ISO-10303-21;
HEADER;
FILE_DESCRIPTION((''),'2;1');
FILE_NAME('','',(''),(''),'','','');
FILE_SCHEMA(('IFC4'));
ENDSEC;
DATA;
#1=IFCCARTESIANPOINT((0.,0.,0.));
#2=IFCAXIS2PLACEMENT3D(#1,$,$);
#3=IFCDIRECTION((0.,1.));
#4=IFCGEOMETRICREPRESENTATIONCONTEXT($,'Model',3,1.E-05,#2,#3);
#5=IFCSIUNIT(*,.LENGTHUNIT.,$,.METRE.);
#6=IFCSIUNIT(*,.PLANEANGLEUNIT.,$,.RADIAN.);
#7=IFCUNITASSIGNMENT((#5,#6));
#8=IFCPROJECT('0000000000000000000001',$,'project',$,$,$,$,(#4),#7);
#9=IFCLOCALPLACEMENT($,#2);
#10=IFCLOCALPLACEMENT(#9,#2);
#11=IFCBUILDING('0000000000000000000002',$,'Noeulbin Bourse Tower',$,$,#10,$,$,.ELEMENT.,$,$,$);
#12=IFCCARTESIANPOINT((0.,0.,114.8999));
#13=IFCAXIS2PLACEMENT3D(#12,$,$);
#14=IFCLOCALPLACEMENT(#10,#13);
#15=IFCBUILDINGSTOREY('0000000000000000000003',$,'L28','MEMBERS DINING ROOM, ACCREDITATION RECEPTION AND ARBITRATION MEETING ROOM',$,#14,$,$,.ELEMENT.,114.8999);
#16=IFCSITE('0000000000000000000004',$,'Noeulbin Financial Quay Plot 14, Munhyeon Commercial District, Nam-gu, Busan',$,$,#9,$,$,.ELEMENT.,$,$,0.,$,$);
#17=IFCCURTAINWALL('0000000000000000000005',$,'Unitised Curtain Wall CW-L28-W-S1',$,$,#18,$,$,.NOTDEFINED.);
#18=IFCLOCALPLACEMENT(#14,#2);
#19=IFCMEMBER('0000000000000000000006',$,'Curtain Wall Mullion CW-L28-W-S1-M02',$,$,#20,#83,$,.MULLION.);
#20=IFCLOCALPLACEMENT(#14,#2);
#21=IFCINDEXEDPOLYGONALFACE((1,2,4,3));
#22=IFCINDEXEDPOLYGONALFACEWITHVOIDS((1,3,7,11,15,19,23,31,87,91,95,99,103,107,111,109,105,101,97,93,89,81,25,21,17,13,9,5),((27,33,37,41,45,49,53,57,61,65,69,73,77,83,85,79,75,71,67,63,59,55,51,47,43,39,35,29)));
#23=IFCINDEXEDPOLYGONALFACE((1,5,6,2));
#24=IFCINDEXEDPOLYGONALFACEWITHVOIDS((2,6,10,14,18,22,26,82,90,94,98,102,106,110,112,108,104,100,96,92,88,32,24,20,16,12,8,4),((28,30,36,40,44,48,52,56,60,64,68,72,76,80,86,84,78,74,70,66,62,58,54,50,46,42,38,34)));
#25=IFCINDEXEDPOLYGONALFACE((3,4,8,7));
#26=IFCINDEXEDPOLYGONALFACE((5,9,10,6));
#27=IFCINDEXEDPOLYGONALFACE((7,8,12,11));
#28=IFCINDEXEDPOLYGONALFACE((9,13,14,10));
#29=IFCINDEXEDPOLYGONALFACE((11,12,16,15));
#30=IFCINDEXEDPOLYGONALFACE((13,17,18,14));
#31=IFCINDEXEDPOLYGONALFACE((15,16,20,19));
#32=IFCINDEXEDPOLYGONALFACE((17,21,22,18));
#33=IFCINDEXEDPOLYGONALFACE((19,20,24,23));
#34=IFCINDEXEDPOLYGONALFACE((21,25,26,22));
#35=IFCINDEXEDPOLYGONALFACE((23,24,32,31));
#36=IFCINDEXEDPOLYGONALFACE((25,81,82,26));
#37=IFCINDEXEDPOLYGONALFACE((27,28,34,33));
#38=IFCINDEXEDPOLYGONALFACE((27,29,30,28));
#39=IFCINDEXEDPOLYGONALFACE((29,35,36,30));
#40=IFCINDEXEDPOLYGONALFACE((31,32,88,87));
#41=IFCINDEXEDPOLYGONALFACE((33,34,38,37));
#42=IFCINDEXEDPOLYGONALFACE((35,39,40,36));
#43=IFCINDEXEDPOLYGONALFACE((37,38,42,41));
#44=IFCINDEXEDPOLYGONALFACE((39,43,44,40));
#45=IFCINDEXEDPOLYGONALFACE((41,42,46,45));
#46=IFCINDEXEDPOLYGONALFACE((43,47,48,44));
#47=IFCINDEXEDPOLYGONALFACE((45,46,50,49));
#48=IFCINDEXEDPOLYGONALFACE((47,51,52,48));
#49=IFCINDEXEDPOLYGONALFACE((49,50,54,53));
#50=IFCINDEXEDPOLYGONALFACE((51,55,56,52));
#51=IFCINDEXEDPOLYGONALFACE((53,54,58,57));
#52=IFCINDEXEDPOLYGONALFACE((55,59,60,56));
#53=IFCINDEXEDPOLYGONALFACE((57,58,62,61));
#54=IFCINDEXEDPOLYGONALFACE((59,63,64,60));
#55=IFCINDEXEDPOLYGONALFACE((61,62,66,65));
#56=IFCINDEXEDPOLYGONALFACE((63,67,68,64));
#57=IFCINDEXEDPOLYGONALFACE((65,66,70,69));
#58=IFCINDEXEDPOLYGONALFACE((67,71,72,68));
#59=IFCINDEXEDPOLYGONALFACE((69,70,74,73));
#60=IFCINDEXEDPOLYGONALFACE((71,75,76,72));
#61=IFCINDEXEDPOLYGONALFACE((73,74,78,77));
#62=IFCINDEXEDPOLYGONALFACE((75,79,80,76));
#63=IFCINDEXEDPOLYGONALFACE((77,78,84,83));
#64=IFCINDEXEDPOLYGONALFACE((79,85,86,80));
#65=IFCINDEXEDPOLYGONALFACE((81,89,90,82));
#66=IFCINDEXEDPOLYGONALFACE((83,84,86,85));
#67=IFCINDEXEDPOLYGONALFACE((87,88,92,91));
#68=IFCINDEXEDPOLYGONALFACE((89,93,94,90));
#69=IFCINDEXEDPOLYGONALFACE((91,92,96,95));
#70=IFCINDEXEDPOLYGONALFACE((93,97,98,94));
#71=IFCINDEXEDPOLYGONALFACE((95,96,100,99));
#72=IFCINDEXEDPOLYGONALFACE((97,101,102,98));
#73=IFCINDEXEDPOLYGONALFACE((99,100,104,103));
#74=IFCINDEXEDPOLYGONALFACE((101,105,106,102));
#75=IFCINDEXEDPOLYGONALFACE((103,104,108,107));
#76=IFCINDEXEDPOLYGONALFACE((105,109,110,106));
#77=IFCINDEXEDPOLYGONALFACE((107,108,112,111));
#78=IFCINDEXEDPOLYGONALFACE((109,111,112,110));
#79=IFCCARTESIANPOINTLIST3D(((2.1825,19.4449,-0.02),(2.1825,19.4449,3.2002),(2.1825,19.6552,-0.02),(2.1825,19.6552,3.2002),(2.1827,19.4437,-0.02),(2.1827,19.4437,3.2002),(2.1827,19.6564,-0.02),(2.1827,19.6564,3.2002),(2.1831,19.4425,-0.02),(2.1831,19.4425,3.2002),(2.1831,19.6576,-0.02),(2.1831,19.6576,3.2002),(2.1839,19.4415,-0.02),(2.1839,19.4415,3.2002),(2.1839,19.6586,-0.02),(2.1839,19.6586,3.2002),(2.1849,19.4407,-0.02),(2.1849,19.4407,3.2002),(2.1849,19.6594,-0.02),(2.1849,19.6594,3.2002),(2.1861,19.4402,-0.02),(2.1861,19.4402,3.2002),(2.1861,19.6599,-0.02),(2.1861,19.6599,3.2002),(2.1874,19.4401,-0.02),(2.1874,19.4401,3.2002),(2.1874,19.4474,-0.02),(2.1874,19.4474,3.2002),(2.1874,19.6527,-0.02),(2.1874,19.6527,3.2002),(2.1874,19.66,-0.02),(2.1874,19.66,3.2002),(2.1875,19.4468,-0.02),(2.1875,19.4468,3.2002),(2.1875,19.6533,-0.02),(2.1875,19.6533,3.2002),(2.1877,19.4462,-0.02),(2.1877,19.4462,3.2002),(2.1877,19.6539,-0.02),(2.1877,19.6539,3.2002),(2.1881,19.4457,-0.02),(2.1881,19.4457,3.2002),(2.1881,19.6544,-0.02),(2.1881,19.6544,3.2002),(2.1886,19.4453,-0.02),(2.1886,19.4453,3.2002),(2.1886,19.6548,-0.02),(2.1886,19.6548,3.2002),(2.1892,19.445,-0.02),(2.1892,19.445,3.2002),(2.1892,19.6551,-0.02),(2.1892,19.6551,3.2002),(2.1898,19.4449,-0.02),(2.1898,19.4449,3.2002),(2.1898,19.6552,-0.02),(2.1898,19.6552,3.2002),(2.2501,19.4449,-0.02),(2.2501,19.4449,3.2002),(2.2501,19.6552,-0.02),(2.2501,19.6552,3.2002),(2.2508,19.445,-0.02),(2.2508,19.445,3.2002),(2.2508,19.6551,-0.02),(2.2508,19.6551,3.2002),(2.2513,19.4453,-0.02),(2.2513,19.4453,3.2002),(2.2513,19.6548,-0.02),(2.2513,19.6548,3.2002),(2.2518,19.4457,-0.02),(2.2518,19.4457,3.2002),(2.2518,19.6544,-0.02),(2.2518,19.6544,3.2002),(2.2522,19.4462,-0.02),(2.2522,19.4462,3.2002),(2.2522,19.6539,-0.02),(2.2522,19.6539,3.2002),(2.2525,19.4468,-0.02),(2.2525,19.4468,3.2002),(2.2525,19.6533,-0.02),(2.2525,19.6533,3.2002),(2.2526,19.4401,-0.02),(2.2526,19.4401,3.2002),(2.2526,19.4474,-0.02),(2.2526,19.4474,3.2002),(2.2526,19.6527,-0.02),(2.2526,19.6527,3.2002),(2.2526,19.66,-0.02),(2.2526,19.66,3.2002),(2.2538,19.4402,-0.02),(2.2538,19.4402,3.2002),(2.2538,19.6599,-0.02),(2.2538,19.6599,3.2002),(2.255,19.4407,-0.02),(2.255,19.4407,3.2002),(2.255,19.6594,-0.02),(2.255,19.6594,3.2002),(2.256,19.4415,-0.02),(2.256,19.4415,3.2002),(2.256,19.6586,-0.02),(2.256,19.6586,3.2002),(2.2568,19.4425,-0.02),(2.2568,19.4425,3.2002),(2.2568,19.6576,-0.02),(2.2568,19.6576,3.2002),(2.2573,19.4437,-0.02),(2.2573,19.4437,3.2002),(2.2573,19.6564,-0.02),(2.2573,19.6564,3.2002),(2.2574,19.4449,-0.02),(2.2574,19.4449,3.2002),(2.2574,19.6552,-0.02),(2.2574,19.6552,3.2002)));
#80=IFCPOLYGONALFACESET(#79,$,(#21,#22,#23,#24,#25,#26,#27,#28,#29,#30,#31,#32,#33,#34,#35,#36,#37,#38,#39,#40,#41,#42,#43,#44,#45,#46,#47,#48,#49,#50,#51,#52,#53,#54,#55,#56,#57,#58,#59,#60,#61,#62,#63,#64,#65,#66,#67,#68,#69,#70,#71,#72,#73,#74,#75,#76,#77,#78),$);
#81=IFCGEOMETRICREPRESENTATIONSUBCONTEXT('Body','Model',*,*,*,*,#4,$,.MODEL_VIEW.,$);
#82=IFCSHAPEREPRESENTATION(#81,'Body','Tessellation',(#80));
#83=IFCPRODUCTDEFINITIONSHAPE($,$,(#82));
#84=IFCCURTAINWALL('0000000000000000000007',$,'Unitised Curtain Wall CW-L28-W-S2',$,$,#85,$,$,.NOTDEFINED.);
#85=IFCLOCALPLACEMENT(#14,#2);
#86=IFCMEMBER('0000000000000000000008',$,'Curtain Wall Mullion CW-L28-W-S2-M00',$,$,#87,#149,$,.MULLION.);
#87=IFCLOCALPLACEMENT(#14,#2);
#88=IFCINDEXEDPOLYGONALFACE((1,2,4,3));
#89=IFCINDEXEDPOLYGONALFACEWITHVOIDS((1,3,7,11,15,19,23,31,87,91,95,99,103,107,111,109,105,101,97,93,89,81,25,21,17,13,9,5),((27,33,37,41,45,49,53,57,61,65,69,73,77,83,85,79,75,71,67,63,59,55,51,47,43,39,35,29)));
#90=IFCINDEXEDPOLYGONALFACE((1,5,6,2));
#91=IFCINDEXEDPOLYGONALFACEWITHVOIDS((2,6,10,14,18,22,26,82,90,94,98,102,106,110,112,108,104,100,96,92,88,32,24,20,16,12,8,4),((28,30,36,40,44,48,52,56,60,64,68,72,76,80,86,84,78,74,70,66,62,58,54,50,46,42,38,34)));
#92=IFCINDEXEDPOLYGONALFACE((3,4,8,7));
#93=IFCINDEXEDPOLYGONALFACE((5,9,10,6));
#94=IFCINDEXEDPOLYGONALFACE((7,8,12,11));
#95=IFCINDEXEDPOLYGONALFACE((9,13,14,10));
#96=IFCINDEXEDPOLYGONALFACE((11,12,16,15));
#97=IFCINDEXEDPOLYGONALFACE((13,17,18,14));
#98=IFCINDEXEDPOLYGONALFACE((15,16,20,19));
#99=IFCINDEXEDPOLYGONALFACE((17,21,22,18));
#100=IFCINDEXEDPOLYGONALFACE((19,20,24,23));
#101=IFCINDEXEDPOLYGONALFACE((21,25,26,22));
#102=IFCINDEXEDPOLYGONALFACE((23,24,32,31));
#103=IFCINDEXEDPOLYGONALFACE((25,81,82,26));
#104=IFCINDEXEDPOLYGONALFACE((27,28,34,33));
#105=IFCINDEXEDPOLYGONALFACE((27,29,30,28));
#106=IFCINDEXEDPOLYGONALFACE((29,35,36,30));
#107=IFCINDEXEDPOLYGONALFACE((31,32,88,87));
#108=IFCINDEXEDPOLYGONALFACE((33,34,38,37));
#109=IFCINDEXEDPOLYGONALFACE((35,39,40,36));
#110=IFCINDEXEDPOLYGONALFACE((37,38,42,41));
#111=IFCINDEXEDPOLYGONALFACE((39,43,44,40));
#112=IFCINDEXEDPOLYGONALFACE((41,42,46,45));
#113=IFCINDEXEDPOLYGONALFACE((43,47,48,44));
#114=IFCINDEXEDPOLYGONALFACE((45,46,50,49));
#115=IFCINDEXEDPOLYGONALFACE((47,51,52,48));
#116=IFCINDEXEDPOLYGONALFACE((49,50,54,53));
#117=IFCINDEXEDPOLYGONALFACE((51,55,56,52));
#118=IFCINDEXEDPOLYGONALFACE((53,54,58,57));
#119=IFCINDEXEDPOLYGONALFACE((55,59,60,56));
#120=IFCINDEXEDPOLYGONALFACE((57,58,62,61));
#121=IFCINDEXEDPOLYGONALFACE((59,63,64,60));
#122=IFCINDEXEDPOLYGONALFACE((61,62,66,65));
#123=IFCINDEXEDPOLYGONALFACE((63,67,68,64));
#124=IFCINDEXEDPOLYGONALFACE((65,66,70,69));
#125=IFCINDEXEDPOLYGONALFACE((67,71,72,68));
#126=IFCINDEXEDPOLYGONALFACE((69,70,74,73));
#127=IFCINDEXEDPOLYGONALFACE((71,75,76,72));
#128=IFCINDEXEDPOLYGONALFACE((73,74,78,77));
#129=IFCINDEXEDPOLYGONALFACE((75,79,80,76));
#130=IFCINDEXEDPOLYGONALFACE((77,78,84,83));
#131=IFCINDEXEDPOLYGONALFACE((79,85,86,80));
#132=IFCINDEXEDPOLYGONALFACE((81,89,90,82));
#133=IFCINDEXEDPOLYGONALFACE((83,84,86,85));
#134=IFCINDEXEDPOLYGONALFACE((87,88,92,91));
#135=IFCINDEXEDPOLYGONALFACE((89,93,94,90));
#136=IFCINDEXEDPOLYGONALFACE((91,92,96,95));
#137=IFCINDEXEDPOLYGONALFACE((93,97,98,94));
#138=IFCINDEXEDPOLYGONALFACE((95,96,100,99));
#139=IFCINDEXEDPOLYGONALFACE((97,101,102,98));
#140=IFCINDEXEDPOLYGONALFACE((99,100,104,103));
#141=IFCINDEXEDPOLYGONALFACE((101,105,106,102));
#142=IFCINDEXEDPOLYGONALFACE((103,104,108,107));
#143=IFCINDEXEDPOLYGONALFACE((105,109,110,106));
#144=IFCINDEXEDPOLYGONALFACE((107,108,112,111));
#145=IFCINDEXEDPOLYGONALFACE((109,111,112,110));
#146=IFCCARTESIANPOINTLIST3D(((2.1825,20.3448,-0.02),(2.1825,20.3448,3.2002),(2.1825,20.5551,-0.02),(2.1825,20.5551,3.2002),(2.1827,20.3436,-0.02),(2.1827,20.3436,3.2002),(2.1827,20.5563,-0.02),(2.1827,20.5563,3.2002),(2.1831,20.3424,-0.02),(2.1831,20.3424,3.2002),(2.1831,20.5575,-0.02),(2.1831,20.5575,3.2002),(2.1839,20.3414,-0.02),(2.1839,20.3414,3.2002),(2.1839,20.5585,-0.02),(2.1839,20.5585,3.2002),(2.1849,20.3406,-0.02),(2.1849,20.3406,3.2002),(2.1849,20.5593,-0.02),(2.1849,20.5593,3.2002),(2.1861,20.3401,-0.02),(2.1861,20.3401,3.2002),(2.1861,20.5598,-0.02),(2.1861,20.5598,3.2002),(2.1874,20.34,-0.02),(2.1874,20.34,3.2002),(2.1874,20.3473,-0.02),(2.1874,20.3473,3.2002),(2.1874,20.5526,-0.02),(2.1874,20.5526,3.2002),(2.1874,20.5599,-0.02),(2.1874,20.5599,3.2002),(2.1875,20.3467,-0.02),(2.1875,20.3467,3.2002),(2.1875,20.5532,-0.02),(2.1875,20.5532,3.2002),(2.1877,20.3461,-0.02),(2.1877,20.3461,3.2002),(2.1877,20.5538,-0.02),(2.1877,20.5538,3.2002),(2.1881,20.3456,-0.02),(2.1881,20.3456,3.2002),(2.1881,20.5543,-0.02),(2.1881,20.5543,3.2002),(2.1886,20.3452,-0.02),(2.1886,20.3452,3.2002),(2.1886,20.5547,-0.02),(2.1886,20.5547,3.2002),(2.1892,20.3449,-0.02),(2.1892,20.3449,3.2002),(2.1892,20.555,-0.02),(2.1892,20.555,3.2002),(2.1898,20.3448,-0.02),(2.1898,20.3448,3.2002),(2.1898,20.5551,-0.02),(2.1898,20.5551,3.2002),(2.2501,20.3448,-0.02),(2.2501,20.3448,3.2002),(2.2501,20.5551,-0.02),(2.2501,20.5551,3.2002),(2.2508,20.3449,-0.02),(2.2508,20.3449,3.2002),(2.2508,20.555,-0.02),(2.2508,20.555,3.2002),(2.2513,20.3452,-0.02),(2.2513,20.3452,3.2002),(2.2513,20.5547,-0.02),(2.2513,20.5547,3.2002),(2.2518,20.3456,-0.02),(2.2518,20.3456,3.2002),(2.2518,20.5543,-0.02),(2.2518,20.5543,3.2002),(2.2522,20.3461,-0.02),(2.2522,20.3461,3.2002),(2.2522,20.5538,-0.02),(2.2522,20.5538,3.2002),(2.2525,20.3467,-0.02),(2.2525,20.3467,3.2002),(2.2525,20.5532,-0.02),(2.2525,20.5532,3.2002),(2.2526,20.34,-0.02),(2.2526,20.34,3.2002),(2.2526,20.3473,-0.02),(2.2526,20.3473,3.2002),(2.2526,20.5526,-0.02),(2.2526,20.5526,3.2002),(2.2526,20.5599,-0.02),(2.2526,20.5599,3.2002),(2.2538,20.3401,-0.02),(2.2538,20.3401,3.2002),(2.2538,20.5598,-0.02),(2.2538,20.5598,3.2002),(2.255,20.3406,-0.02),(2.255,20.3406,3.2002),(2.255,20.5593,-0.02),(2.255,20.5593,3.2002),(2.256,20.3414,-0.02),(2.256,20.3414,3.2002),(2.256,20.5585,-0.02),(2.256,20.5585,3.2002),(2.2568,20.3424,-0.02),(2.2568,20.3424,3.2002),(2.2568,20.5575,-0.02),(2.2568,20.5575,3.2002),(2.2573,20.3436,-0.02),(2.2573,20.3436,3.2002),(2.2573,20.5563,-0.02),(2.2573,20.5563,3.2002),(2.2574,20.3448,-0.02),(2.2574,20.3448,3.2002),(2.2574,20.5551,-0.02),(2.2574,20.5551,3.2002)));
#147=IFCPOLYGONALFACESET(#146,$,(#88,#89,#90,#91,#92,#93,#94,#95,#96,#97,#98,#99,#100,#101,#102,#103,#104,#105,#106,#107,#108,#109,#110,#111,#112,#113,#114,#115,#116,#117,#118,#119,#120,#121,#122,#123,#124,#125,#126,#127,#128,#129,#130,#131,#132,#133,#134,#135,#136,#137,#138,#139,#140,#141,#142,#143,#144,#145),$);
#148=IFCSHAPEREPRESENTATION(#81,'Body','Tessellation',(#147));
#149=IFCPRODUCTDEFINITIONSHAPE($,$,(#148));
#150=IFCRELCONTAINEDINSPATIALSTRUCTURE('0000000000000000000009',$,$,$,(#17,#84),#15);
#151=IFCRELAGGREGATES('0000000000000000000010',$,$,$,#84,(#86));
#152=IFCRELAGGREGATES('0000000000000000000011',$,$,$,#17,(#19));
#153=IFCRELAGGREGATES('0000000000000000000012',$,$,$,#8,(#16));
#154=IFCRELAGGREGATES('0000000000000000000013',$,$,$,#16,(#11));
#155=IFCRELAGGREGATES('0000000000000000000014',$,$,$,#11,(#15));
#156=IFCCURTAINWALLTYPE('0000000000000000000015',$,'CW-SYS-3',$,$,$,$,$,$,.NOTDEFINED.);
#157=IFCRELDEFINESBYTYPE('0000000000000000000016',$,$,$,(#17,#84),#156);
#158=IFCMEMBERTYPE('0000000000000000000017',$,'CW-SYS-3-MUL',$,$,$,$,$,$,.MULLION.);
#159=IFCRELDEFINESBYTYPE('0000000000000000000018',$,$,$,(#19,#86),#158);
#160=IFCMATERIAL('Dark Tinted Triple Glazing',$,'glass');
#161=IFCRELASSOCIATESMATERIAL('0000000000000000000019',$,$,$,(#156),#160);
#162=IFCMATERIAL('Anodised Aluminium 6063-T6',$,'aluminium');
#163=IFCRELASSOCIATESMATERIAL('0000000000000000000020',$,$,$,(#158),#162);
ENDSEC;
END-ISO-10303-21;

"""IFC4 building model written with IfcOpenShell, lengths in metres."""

from ifc_helpers import new_model, si_unit, direction, frame, origin, origin_2d, place, context, subcontext, project, spatial, hollow_rectangle, extrude, material, material_profile, profile_set, type_object, element, aggregate, save


model = new_model("IFC4")

# Units and contexts
model_context = context("Model", 3, precision=1e-05, world=origin(), true_north=direction((0.0, 1.0)))
body_context = subcontext(model_context, "Body", "Model", "MODEL_VIEW")
ifc_project = project(units=[si_unit("LENGTHUNIT", "METRE"), si_unit("PLANEANGLEUNIT", "RADIAN")], contexts=[model_context])

# Site, building, storey
site_placement = place(None, origin())
site = spatial("IfcSite", under=ifc_project, at=site_placement, Name="Noeulbin Financial Quay Plot 14, Munhyeon Commercial District, Nam-gu, Busan", CompositionType="ELEMENT", RefElevation=0.0)
building_placement = place(site_placement, origin())
building = spatial("IfcBuilding", under=site, at=building_placement, Name="Noeulbin Bourse Tower", CompositionType="ELEMENT")
storey_placement = place(building_placement, frame((0.0, 0.0, 114.8999)))
storey = spatial("IfcBuildingStorey", under=building, at=storey_placement, Name="L28", Description="MEMBERS DINING ROOM, ACCREDITATION RECEPTION AND ARBITRATION MEETING ROOM", CompositionType="ELEMENT", Elevation=114.8999)

# Curtain wall, member
ifc_material_1 = material(Name="Dark Tinted Triple Glazing", Category="glass")
curtain_wall_type = type_object("IfcCurtainWallType", Name="CW-SYS-3", PredefinedType="NOTDEFINED", material=ifc_material_1)
curtain_wall_1_placement = place(storey_placement, origin())
curtain_wall_1 = element("IfcCurtainWall", 1, at=curtain_wall_1_placement, inside=storey, type_object=curtain_wall_type, Name="Unitised Curtain Wall CW-L28-W-S1", PredefinedType="NOTDEFINED")
ifc_material_2 = material(Name="Anodised Aluminium 6063-T6", Category="aluminium")
ifc_material_profile_1 = material_profile(ifc_material_2, hollow_rectangle(XDim=0.075, YDim=0.22, WallThickness=0.0049, InnerFilletRadius=0.0024, OuterFilletRadius=0.0049, at=origin_2d()), Name="ALU-MULL-75x220x5", Category="LoadBearing")
ifc_profile_set_1 = profile_set([ifc_material_profile_1], Name="Anodised Aluminium 6063-T6")
member_type_1 = type_object("IfcMemberType", Name="CW-SYS-3-MUL", PredefinedType="MULLION", material=ifc_profile_set_1)
member_1_placement = place(storey_placement, frame((2.22, 19.55, -0.02), z_axis=(0.0, 0.0, 1.0), x_axis=(1.0, 0.0, 0.0)))
member_1 = element("IfcMember", 2, at=member_1_placement, type_object=member_type_1, Name="Curtain Wall Mullion CW-L28-W-S1-M02", PredefinedType="MULLION", context=body_context, shape_type="SweptSolid", body=[
    extrude(hollow_rectangle(XDim=0.075, YDim=0.22, WallThickness=0.0049, InnerFilletRadius=0.0024, OuterFilletRadius=0.0049, at=origin_2d()), origin(), (0.0, 0.0, 1.0), 3.2202),
])

# Curtain wall, member
curtain_wall_2_placement = place(storey_placement, origin())
curtain_wall_2 = element("IfcCurtainWall", 3, at=curtain_wall_2_placement, inside=storey, type_object=curtain_wall_type, Name="Unitised Curtain Wall CW-L28-W-S2", PredefinedType="NOTDEFINED")
member_2_placement = place(storey_placement, frame((2.22, 20.45, -0.02), z_axis=(0.0, 0.0, 1.0), x_axis=(1.0, 0.0, 0.0)))
member_2 = element("IfcMember", 4, at=member_2_placement, type_object=member_type_1, Name="Curtain Wall Mullion CW-L28-W-S2-M00", PredefinedType="MULLION", context=body_context, shape_type="SweptSolid", body=[
    extrude(hollow_rectangle(XDim=0.075, YDim=0.22, WallThickness=0.0049, InnerFilletRadius=0.0024, OuterFilletRadius=0.0049, at=origin_2d()), origin(), (0.0, 0.0, 1.0), 3.2202),
])
aggregate(curtain_wall_2, [member_2])

aggregate(curtain_wall_1, [member_1])

save(model, "model.ifc")
